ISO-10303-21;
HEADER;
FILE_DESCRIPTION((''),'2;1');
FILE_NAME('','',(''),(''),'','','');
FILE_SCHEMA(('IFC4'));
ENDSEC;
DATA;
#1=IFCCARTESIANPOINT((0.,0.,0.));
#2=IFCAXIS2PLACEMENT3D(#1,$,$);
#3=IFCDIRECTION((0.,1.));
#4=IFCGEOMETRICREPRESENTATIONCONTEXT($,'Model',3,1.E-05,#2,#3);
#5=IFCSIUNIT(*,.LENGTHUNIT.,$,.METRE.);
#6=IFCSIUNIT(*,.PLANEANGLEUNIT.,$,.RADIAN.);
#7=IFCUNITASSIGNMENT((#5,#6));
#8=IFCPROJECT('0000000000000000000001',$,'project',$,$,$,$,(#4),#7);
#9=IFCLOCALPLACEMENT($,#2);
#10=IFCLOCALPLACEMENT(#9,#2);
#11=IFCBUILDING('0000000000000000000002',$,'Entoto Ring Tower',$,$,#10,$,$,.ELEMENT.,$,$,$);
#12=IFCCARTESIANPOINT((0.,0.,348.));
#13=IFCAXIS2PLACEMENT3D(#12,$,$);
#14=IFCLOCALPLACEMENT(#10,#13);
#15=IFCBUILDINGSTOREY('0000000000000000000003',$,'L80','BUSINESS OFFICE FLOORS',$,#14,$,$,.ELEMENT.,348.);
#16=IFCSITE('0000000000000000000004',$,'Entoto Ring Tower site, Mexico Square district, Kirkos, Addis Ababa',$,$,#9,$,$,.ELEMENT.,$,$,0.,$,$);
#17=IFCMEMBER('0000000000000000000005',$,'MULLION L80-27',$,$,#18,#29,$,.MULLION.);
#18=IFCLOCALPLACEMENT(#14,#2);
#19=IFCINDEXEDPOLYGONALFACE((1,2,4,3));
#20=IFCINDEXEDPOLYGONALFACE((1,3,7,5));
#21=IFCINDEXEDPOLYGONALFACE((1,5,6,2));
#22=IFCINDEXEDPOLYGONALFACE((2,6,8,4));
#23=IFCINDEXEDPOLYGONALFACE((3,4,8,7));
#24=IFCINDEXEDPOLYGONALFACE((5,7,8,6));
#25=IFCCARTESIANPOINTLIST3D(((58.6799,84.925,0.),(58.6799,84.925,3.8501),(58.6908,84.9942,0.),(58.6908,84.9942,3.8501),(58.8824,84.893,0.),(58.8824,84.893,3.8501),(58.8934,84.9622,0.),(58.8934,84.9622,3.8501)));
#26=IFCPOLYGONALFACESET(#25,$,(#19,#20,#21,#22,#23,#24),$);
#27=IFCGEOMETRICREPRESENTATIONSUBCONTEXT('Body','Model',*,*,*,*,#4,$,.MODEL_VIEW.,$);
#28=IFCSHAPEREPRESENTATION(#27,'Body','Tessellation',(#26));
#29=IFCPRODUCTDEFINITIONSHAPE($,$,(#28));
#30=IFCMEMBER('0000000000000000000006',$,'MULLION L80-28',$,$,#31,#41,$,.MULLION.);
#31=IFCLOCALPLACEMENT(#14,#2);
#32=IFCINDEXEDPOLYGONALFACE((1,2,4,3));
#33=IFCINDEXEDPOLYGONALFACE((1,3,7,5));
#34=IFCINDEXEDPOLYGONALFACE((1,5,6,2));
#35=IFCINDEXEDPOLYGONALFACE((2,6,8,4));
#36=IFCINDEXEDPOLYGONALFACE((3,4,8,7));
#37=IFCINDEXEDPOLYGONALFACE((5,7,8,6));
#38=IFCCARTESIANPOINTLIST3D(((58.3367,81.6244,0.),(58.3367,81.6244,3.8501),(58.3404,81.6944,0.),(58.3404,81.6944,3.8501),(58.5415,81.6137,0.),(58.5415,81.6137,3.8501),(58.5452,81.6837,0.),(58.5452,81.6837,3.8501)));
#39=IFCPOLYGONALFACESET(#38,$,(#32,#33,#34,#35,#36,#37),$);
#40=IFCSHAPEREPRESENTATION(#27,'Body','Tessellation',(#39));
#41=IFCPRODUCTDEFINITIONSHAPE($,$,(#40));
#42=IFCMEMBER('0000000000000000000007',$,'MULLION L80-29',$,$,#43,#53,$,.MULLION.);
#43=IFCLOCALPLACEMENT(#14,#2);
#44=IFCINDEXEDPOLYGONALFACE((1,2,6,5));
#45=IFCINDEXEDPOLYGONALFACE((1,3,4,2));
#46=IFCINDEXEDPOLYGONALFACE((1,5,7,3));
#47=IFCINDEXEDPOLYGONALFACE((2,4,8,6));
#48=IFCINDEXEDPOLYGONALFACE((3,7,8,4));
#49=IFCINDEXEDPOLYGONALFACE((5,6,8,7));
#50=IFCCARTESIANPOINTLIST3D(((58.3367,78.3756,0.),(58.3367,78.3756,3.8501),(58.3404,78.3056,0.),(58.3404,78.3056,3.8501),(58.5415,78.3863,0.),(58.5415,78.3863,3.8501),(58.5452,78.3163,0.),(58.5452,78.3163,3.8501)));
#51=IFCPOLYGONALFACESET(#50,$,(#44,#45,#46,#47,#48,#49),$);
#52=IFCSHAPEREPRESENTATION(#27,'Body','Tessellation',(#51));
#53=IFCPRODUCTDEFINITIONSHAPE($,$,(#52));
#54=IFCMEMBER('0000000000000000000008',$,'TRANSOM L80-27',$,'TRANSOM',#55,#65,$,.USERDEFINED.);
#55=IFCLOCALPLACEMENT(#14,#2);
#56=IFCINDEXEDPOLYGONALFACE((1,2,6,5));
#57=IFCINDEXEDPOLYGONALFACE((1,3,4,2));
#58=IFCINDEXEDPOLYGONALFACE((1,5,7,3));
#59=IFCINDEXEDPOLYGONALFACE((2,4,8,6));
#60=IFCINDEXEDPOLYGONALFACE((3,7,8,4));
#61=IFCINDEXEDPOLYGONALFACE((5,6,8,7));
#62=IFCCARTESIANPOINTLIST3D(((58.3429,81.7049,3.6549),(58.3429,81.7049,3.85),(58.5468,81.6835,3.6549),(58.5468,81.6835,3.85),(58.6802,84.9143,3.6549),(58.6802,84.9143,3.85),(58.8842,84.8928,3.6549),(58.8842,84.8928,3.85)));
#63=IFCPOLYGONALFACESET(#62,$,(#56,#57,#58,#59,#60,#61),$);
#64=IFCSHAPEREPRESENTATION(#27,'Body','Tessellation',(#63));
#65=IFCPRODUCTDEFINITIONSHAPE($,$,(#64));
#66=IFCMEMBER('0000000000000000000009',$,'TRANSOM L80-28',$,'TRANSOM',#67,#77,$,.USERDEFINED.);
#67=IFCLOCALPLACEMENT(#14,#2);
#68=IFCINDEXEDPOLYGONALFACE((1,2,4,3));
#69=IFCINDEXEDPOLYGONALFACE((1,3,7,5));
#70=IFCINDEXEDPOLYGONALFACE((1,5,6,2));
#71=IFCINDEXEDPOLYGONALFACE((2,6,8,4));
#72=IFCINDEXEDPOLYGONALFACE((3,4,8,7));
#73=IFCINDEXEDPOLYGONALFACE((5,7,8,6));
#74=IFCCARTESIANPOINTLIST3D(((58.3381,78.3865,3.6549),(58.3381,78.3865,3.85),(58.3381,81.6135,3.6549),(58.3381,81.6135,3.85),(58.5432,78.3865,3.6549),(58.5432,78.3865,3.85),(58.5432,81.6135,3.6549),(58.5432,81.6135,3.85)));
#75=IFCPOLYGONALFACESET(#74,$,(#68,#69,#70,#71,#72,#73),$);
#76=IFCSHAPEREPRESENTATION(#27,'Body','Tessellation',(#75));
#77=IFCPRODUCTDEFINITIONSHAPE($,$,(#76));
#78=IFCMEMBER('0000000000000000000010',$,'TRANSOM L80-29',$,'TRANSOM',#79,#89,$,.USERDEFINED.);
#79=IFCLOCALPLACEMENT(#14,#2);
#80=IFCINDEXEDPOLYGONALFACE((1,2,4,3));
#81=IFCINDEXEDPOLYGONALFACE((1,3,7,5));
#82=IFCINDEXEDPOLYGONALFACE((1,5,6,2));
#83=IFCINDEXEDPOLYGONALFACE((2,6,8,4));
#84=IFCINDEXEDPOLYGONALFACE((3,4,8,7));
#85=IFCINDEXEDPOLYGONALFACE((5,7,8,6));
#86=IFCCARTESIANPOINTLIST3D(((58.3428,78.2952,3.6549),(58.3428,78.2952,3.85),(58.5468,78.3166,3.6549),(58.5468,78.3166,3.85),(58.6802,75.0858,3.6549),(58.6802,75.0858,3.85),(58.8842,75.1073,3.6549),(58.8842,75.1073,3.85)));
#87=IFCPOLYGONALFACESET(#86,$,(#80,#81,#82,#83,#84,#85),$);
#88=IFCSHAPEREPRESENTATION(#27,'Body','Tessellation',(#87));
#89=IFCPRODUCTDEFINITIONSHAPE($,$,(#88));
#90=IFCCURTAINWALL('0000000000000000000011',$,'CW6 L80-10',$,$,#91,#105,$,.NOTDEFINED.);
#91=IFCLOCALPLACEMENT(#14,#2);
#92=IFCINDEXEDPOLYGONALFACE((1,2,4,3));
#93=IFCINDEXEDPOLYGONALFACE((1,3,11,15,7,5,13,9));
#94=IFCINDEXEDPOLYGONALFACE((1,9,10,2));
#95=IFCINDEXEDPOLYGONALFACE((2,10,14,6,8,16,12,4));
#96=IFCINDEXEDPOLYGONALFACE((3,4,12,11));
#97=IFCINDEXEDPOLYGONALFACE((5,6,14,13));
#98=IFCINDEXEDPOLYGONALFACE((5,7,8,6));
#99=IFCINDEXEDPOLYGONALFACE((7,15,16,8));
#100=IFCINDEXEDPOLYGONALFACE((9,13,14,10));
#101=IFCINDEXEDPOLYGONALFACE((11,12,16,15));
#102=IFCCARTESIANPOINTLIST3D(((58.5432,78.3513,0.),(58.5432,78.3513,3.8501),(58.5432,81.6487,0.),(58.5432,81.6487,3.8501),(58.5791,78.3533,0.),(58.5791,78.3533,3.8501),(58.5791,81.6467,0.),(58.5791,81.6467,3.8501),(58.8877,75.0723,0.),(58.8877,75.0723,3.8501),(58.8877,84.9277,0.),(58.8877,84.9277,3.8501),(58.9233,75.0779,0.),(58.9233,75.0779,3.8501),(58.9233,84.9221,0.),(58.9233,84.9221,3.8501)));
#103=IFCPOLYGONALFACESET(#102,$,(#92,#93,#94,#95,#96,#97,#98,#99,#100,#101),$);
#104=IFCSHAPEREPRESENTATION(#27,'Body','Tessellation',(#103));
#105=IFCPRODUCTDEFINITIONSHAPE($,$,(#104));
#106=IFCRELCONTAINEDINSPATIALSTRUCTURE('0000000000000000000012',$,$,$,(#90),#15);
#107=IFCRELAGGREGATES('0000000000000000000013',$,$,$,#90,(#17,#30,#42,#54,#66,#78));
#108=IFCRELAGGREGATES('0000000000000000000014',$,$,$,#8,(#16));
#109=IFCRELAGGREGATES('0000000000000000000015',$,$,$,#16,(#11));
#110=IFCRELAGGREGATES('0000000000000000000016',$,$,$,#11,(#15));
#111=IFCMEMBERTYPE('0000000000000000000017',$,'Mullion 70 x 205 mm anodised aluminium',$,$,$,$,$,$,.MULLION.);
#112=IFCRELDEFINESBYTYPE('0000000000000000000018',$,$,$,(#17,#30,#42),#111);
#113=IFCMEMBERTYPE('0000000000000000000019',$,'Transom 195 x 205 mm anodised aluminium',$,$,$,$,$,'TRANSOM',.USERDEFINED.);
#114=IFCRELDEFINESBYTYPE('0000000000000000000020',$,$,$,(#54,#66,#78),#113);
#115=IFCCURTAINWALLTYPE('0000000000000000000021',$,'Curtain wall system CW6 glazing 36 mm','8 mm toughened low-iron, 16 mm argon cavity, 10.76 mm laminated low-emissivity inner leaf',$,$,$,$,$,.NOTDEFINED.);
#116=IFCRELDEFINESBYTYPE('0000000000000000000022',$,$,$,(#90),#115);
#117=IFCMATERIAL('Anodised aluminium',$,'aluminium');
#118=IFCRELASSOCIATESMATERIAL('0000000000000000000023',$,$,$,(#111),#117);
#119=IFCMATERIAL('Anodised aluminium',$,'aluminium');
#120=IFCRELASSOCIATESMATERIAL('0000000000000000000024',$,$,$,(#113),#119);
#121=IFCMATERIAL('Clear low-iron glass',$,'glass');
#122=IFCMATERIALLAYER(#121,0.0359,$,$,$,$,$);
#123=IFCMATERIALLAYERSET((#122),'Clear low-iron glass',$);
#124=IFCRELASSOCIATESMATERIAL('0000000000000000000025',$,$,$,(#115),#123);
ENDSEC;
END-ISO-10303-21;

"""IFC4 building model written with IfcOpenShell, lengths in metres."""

from ifc_helpers import new_model, si_unit, direction, frame, origin, origin_2d, place, context, subcontext, project, spatial, polyline, rectangle, outline, extrude, material, layer, layer_set, material_profile, profile_set, type_object, element, aggregate, save


model = new_model("IFC4")

# Units and contexts
model_context = context("Model", 3, precision=1e-05, world=origin(), true_north=direction((0.0, 1.0)))
body_context = subcontext(model_context, "Body", "Model", "MODEL_VIEW")
ifc_project = project(units=[si_unit("LENGTHUNIT", "METRE"), si_unit("PLANEANGLEUNIT", "RADIAN")], contexts=[model_context])

# Members
ifc_material_1 = material(Name="Anodised aluminium", Category="aluminium")
ifc_material_profile_1 = material_profile(ifc_material_1, rectangle(XDim=0.0701, YDim=0.2051, at=origin_2d()), Name="Mullion 70 x 205 mm anodised aluminium")
ifc_profile_set_1 = profile_set([ifc_material_profile_1], Name="Anodised aluminium")
member_type_1 = type_object("IfcMemberType", Name="Mullion 70 x 205 mm anodised aluminium", PredefinedType="MULLION", material=ifc_profile_set_1)
site_placement = place(None, origin())
building_placement = place(site_placement, origin())
storey_placement = place(building_placement, frame((0.0, 0.0, 348.0)))
member_1_placement = place(storey_placement, frame((58.7866, 84.9436, 0.0), z_axis=(0.0, 0.0, 1.0), x_axis=(-0.156434, -0.987688, 0.0)))
member_1 = element("IfcMember", 1, at=member_1_placement, type_object=member_type_1, Name="MULLION L80-27", PredefinedType="MULLION", context=body_context, shape_type="SweptSolid", body=[
    extrude(rectangle(XDim=0.0701, YDim=0.2051, at=origin_2d()), origin(), (0.0, 0.0, 1.0), 3.8501),
])
member_2_placement = place(storey_placement, frame((58.4409, 81.6541, 0.0), z_axis=(0.0, 0.0, 1.0), x_axis=(-0.052336, -0.99863, 0.0)))
member_2 = element("IfcMember", 2, at=member_2_placement, type_object=member_type_1, Name="MULLION L80-28", PredefinedType="MULLION", context=body_context, shape_type="SweptSolid", body=[
    extrude(rectangle(XDim=0.0701, YDim=0.2051, at=origin_2d()), origin(), (0.0, 0.0, 1.0), 3.8501),
])
member_3_placement = place(storey_placement, frame((58.4409, 78.3459, 0.0), z_axis=(0.0, 0.0, 1.0), x_axis=(0.052336, -0.99863, 0.0)))
member_3 = element("IfcMember", 3, at=member_3_placement, type_object=member_type_1, Name="MULLION L80-29", PredefinedType="MULLION", context=body_context, shape_type="SweptSolid", body=[
    extrude(rectangle(XDim=0.0701, YDim=0.2051, at=origin_2d()), origin(), (0.0, 0.0, 1.0), 3.8501),
])
ifc_material_2 = material(Name="Anodised aluminium", Category="aluminium")
ifc_material_profile_2 = material_profile(ifc_material_2, rectangle(XDim=0.2051, YDim=0.1951, at=origin_2d()), Name="Transom 195 x 205 mm anodised aluminium")
ifc_profile_set_2 = profile_set([ifc_material_profile_2], Name="Anodised aluminium")
member_type_2 = type_object("IfcMemberType", Name="Transom 195 x 205 mm anodised aluminium", ElementType="TRANSOM", PredefinedType="USERDEFINED", material=ifc_profile_set_2)
member_4_placement = place(storey_placement, frame((58.7822, 84.9036, 3.7524), z_axis=(-0.104551, -0.99452, 0.0), x_axis=(0.99452, -0.104551, 0.0)))
member_4 = element("IfcMember", 4, at=member_4_placement, type_object=member_type_2, Name="TRANSOM L80-27", ObjectType="TRANSOM", PredefinedType="USERDEFINED", context=body_context, shape_type="SweptSolid", body=[
    extrude(rectangle(XDim=0.2051, YDim=0.1951, at=origin_2d()), origin(), (0.0, 0.0, 1.0), 3.2271),
])
member_5_placement = place(storey_placement, frame((58.4407, 81.6135, 3.7524), z_axis=(0.0, -1.0, 0.0), x_axis=(1.0, 0.0, 0.0)))
member_5 = element("IfcMember", 5, at=member_5_placement, type_object=member_type_2, Name="TRANSOM L80-28", ObjectType="TRANSOM", PredefinedType="USERDEFINED", context=body_context, shape_type="SweptSolid", body=[
    extrude(rectangle(XDim=0.2051, YDim=0.1951, at=origin_2d()), origin(), (0.0, 0.0, 1.0), 3.2271),
])
member_6_placement = place(storey_placement, frame((58.4448, 78.3059, 3.7524), z_axis=(0.104551, -0.99452, 0.0), x_axis=(0.99452, 0.104551, 0.0)))
member_6 = element("IfcMember", 6, at=member_6_placement, type_object=member_type_2, Name="TRANSOM L80-29", ObjectType="TRANSOM", PredefinedType="USERDEFINED", context=body_context, shape_type="SweptSolid", body=[
    extrude(rectangle(XDim=0.2051, YDim=0.1951, at=origin_2d()), origin(), (0.0, 0.0, 1.0), 3.2271),
])

# Site, building, storey
site = spatial("IfcSite", under=ifc_project, at=site_placement, Name="Entoto Ring Tower site, Mexico Square district, Kirkos, Addis Ababa", CompositionType="ELEMENT", RefElevation=0.0)
building = spatial("IfcBuilding", under=site, at=building_placement, Name="Entoto Ring Tower", CompositionType="ELEMENT")
storey = spatial("IfcBuildingStorey", under=building, at=storey_placement, Name="L80", Description="BUSINESS OFFICE FLOORS", CompositionType="ELEMENT", Elevation=348.0)

# Curtain wall
ifc_material_3 = material(Name="Clear low-iron glass", Category="glass")
ifc_layer = layer(ifc_material_3, 0.0359)
ifc_layer_set = layer_set([ifc_layer], Name="Clear low-iron glass")
curtain_wall_type = type_object("IfcCurtainWallType", Name="Curtain wall system CW6 glazing 36 mm", Description="8 mm toughened low-iron, 16 mm argon cavity, 10.76 mm laminated low-emissivity inner leaf", PredefinedType="NOTDEFINED", material=ifc_layer_set)
curtain_wall_1_placement = place(storey_placement, origin())
curtain_wall_1 = element("IfcCurtainWall", 7, at=curtain_wall_1_placement, inside=storey, type_object=curtain_wall_type, Name="CW6 L80-10", PredefinedType="NOTDEFINED", context=body_context, shape_type="SweptSolid", body=[
    extrude(outline(polyline([(58.8877, 84.9277), (58.5432, 81.6487), (58.5432, 78.3513), (58.8877, 75.0723), (58.9233, 75.0779), (58.5791, 78.3533), (58.5791, 81.6467), (58.9233, 84.9221), (58.8877, 84.9277)])), origin(), (0.0, 0.0, 1.0), 3.8501),
])
aggregate(curtain_wall_1, [member_1, member_2, member_3, member_4, member_5, member_6])

save(model, "model.ifc")
